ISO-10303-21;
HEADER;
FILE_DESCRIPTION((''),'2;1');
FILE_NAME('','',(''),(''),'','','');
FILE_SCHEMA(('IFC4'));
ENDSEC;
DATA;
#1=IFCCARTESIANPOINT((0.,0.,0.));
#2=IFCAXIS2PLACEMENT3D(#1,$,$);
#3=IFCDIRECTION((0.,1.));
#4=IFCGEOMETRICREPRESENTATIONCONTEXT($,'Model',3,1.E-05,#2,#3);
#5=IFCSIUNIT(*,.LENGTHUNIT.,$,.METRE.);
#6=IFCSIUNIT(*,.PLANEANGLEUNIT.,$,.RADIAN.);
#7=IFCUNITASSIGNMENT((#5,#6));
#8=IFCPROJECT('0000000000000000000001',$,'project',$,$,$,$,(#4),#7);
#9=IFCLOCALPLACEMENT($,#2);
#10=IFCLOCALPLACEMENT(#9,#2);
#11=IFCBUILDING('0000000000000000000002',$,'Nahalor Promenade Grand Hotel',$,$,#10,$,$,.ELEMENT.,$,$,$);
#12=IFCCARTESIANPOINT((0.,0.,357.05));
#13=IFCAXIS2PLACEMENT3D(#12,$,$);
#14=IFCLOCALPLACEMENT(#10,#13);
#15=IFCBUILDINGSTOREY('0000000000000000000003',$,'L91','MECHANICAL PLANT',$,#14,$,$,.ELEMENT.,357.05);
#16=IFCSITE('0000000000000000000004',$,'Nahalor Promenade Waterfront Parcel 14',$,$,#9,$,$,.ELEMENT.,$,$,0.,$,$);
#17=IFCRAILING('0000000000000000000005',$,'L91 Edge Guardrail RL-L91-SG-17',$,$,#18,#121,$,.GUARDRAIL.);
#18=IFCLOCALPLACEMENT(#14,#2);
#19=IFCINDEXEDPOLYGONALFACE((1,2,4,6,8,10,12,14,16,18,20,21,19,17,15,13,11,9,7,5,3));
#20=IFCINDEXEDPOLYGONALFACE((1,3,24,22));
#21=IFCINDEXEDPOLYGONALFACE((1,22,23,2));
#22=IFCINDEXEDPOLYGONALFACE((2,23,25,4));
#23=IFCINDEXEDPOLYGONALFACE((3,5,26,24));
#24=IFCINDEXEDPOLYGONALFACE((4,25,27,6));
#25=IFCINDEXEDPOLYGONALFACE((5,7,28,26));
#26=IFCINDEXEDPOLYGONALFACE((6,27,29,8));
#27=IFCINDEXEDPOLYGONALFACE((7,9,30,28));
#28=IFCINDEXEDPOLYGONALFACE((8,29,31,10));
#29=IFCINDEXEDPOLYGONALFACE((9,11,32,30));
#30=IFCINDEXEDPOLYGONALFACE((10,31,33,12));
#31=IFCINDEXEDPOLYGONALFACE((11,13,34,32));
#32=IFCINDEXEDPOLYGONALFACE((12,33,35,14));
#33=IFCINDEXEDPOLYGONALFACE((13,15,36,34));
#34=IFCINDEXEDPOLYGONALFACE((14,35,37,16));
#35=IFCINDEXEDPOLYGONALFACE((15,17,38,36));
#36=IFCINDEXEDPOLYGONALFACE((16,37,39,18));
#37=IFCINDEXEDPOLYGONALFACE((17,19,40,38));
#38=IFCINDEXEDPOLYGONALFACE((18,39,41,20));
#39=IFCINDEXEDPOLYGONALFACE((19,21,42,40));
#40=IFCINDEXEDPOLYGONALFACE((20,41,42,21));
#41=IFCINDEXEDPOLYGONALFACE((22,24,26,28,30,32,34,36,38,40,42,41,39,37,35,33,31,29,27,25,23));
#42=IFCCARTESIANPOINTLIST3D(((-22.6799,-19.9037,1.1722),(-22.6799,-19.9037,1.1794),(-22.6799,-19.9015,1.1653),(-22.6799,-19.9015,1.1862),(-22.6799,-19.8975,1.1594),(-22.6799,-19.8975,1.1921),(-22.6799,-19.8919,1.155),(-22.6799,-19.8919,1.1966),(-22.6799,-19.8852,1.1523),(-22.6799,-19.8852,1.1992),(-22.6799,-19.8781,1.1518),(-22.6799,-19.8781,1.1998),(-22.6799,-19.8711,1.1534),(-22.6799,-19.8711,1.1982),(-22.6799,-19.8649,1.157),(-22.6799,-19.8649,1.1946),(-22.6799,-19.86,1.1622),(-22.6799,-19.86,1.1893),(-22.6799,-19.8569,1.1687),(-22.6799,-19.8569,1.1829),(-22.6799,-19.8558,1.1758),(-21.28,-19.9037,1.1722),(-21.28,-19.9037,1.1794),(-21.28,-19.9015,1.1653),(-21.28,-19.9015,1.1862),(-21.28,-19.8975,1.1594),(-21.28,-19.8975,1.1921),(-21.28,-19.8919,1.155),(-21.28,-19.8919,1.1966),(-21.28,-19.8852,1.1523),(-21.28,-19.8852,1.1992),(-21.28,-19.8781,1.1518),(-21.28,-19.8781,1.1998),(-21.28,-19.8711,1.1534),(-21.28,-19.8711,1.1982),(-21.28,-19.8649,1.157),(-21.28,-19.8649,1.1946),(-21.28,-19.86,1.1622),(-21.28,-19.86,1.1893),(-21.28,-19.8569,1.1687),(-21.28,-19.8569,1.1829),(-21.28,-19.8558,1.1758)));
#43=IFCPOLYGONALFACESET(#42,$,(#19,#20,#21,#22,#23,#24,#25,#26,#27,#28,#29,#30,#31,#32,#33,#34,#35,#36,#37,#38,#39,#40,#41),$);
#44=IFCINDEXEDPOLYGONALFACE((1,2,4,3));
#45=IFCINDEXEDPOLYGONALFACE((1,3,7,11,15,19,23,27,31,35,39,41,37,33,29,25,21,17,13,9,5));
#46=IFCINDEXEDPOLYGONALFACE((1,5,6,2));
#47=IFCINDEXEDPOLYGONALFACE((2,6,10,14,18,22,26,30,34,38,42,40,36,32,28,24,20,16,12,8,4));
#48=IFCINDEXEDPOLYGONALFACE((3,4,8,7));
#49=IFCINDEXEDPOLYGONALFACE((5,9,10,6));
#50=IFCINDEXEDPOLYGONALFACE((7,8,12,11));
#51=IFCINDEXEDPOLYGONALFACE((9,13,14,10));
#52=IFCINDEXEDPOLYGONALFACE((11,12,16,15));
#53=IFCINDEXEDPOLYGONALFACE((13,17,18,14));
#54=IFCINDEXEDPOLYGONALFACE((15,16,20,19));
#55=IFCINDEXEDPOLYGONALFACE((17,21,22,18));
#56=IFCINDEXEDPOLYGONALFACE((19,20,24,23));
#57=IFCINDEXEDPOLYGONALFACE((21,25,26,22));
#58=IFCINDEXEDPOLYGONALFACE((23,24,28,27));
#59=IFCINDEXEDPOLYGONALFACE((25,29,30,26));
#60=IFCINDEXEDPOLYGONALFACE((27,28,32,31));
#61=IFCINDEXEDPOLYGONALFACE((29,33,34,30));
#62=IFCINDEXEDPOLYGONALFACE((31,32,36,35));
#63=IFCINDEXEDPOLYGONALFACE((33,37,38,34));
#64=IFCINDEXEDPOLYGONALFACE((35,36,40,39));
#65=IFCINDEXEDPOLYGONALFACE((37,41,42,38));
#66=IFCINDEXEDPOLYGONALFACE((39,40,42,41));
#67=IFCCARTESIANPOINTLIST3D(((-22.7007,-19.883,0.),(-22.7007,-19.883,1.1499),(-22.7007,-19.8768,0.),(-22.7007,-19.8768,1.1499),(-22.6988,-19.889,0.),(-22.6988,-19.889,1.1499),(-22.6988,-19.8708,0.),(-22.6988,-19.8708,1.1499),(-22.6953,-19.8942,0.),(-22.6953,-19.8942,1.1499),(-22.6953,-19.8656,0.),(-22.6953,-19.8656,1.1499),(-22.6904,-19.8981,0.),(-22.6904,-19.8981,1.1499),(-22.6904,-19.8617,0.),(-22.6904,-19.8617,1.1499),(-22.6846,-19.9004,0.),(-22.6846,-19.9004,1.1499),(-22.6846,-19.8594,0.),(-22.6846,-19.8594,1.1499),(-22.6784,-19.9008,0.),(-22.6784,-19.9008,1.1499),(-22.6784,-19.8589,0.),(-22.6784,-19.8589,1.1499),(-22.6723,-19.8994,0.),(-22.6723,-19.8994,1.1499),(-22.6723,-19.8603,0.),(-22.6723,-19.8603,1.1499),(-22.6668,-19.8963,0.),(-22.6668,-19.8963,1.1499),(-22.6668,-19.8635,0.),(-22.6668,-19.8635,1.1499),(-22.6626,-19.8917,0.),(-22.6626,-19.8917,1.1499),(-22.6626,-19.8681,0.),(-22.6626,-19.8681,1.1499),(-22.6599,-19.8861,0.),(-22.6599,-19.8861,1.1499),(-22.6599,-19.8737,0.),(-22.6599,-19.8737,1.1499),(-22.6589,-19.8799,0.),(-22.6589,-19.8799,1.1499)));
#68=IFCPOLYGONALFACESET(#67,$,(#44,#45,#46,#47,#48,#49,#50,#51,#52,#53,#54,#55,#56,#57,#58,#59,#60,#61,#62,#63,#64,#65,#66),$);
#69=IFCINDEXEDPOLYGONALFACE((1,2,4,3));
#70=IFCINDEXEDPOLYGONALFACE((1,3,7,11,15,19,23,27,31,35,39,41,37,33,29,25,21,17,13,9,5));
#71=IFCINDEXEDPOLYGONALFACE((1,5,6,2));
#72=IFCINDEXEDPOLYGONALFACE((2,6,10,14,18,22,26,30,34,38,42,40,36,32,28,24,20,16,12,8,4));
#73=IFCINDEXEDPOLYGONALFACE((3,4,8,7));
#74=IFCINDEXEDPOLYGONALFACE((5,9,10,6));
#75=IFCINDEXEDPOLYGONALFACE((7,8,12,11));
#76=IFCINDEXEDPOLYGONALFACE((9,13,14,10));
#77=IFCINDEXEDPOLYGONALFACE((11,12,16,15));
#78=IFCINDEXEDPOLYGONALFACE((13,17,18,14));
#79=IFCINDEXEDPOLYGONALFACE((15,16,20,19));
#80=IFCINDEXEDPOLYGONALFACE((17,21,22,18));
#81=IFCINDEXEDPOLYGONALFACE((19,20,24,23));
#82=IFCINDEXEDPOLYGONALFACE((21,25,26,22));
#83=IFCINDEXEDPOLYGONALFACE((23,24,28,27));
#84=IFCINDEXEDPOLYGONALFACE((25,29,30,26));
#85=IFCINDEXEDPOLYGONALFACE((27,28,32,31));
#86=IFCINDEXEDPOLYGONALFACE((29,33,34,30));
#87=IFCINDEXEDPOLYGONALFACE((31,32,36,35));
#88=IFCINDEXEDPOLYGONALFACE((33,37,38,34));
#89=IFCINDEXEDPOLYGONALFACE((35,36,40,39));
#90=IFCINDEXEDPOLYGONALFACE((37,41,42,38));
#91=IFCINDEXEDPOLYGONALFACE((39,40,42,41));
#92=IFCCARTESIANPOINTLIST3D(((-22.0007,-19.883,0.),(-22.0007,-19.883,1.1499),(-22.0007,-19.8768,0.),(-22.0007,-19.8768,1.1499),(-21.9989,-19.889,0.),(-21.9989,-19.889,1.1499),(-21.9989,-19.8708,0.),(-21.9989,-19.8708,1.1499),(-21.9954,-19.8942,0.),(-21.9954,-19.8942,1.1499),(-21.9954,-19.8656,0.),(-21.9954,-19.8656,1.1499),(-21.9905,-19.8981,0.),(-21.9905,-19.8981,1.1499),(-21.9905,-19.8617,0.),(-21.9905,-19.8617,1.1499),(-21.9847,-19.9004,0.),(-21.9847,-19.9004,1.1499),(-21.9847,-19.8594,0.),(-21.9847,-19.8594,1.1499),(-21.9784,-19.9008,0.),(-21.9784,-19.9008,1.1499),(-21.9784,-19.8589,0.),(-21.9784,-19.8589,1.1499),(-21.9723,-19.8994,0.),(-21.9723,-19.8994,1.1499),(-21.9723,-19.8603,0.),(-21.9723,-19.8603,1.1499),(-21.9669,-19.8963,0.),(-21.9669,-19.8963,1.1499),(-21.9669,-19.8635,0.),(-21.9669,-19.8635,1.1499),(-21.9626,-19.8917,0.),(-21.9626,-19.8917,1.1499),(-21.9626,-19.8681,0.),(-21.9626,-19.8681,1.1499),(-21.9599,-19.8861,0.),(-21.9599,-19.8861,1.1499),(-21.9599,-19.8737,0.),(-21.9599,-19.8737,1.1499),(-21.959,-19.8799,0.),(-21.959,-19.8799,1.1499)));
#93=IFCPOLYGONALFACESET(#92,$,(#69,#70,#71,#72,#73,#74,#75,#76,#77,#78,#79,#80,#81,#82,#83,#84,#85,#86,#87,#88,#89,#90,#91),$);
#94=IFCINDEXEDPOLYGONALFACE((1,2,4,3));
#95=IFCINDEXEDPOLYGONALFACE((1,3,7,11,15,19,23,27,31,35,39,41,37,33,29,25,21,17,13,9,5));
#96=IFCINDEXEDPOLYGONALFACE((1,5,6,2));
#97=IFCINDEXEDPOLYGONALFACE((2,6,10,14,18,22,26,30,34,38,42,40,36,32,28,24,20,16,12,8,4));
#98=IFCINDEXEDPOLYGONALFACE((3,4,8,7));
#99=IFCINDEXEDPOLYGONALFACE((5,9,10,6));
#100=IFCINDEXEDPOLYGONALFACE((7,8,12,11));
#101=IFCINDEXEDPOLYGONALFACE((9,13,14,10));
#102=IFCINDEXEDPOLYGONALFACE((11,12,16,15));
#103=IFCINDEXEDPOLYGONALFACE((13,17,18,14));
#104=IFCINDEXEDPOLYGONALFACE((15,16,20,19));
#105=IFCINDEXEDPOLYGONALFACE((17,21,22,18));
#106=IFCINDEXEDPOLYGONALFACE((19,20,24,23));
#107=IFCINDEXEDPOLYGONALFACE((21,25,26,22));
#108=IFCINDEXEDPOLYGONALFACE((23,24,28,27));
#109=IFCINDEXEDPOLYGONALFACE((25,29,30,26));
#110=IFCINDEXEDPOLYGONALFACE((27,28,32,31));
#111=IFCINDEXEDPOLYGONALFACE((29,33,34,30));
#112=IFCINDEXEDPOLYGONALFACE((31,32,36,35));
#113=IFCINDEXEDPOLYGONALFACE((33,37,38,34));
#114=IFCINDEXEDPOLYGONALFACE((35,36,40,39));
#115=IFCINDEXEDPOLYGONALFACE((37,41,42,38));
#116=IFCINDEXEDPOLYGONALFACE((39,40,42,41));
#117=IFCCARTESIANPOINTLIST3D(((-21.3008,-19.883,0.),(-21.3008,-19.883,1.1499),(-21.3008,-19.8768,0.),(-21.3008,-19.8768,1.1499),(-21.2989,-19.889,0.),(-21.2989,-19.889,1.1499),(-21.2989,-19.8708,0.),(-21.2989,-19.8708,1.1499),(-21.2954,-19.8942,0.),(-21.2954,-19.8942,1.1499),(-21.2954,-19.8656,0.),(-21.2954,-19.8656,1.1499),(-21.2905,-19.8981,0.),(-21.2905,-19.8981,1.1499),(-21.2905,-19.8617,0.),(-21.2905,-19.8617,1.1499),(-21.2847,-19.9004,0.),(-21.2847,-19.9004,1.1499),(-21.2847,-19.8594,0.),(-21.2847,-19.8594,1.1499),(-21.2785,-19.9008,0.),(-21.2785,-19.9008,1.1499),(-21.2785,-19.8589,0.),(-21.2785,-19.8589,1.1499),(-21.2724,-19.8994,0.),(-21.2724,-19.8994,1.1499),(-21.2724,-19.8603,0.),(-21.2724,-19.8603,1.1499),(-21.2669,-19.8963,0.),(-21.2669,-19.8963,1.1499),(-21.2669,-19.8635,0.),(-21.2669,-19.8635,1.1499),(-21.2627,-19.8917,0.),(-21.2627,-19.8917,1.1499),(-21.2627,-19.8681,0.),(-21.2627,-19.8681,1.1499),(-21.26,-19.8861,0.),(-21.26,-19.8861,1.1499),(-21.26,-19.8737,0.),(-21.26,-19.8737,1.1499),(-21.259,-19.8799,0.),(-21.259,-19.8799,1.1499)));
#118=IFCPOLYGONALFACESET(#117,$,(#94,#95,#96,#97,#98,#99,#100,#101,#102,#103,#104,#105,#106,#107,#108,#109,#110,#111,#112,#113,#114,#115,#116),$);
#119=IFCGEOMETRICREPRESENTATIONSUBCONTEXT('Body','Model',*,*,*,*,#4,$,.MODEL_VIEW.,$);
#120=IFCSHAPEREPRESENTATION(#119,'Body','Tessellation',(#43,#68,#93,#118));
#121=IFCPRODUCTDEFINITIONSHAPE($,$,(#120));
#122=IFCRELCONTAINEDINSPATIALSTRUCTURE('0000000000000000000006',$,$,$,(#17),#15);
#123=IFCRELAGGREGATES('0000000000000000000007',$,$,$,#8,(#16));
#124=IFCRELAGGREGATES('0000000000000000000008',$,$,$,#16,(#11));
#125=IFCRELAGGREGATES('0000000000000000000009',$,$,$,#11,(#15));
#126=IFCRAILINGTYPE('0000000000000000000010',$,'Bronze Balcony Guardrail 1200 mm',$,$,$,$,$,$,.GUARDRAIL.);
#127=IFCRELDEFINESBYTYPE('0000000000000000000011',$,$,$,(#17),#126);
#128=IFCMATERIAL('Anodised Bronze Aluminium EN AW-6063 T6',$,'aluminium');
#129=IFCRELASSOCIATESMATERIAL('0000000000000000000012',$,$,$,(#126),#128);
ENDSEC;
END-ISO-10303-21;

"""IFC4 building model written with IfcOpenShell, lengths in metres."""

from ifc_helpers import new_model, si_unit, direction, frame, origin, origin_2d, place, context, subcontext, project, spatial, circle, extrude, material, type_object, element, save


model = new_model("IFC4")

# Units and contexts
model_context = context("Model", 3, precision=1e-05, world=origin(), true_north=direction((0.0, 1.0)))
body_context = subcontext(model_context, "Body", "Model", "MODEL_VIEW")
ifc_project = project(units=[si_unit("LENGTHUNIT", "METRE"), si_unit("PLANEANGLEUNIT", "RADIAN")], contexts=[model_context])

# Site, building, storey
site_placement = place(None, origin())
site = spatial("IfcSite", under=ifc_project, at=site_placement, Name="Nahalor Promenade Waterfront Parcel 14", CompositionType="ELEMENT", RefElevation=0.0)
building_placement = place(site_placement, origin())
building = spatial("IfcBuilding", under=site, at=building_placement, Name="Nahalor Promenade Grand Hotel", CompositionType="ELEMENT")
storey_placement = place(building_placement, frame((0.0, 0.0, 357.05)))
storey = spatial("IfcBuildingStorey", under=building, at=storey_placement, Name="L91", Description="MECHANICAL PLANT", CompositionType="ELEMENT", Elevation=357.05)

# Shared definitions
ifc_material_1 = material(Name="Anodised Bronze Aluminium EN AW-6063 T6", Category="aluminium")

# Railing
railing_type = type_object("IfcRailingType", Name="Bronze Balcony Guardrail 1200 mm", PredefinedType="GUARDRAIL", material=ifc_material_1)
railing_1_placement = place(storey_placement, frame((-22.6799, -19.8799, 0.0)))
element("IfcRailing", 1, at=railing_1_placement, inside=storey, type_object=railing_type, Name="L91 Edge Guardrail RL-L91-SG-17", PredefinedType="GUARDRAIL", context=body_context, shape_type="SweptSolid", body=[
    extrude(circle(Radius=0.024, at=origin_2d()), frame((0.0, 0.0, 1.1758), z_axis=(1.0, 0.0, 0.0), x_axis=(0.0, 1.0, 0.0)), (0.0, 0.0, 1.0), 1.3999),
    extrude(circle(Radius=0.021, at=origin_2d()), origin(), (0.0, 0.0, 1.0), 1.1499),
    extrude(circle(Radius=0.021, at=origin_2d()), frame((0.7, 0.0, 0.0)), (0.0, 0.0, 1.0), 1.1499),
    extrude(circle(Radius=0.021, at=origin_2d()), frame((1.3999, 0.0, 0.0)), (0.0, 0.0, 1.0), 1.1499),
])

save(model, "model.ifc")
